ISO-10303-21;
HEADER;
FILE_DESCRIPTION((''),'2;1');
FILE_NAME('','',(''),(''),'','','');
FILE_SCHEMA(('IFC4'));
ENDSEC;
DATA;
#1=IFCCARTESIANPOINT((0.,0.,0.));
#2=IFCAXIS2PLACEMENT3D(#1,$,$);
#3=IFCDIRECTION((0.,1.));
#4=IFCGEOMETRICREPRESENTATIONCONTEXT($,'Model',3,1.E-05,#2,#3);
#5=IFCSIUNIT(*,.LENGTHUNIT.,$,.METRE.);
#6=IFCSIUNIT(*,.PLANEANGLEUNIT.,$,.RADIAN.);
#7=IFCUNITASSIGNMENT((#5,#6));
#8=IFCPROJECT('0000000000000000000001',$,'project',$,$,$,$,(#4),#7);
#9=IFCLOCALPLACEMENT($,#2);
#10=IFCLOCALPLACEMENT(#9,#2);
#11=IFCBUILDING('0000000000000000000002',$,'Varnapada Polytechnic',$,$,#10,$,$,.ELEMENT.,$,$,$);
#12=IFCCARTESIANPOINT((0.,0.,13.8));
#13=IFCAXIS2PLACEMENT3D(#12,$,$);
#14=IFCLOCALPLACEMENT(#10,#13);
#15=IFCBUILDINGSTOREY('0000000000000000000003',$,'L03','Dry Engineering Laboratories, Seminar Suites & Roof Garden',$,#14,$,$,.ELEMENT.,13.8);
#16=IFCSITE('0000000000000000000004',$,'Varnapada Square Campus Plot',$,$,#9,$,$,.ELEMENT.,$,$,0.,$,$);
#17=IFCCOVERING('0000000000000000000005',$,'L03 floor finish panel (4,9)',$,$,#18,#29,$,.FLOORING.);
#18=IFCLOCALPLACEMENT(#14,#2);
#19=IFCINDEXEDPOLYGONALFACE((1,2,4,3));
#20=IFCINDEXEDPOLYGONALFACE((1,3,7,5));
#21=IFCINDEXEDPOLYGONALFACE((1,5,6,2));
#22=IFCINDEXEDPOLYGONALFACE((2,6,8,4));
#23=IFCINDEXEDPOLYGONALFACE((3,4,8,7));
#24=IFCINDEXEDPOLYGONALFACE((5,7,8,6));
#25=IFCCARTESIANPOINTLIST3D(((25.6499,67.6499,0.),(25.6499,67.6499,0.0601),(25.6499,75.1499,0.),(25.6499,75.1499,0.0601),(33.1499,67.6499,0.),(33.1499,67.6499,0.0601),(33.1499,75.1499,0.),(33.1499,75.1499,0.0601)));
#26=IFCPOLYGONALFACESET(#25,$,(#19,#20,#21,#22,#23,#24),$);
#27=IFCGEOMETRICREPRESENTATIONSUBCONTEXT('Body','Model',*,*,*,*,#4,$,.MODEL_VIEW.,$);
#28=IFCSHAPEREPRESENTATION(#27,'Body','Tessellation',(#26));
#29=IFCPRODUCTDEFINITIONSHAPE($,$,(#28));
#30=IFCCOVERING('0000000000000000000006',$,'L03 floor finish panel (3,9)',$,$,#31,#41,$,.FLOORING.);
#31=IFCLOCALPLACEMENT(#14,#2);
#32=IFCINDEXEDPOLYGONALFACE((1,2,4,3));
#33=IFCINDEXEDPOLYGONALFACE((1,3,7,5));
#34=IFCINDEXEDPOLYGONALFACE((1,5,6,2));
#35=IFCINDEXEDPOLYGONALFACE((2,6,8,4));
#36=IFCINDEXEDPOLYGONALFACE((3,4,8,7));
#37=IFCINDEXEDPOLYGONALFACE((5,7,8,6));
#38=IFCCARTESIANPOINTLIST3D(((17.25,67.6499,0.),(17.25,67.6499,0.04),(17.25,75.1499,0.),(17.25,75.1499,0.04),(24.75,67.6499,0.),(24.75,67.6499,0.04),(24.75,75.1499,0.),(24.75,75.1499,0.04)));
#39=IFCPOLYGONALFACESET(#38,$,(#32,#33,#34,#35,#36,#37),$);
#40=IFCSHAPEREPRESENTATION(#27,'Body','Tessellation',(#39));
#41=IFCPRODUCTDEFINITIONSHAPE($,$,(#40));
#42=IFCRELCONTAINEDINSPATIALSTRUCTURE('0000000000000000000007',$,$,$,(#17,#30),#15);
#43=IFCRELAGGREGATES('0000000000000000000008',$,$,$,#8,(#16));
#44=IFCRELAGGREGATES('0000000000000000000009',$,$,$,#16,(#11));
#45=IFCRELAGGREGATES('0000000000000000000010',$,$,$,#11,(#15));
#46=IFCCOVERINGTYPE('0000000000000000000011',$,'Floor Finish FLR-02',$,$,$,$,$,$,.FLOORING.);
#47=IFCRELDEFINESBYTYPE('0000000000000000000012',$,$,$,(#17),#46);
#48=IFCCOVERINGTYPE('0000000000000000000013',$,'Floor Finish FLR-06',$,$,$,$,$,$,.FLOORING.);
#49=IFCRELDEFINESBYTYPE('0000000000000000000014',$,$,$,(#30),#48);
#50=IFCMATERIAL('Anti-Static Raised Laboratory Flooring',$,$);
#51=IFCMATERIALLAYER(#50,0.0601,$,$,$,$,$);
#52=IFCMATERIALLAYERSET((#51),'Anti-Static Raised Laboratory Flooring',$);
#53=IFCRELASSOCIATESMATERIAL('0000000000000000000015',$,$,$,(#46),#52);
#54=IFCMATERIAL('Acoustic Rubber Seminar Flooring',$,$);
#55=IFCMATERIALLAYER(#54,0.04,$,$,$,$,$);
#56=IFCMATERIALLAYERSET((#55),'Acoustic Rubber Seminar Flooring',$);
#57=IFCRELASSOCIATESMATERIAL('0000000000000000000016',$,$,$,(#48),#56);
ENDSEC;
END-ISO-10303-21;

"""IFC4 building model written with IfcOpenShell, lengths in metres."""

from ifc_helpers import new_model, si_unit, direction, frame, origin, origin_2d, place, context, subcontext, project, spatial, rectangle, extrude, material, layer, layer_set, type_object, element, save


model = new_model("IFC4")

# Units and contexts
model_context = context("Model", 3, precision=1e-05, world=origin(), true_north=direction((0.0, 1.0)))
body_context = subcontext(model_context, "Body", "Model", "MODEL_VIEW")
ifc_project = project(units=[si_unit("LENGTHUNIT", "METRE"), si_unit("PLANEANGLEUNIT", "RADIAN")], contexts=[model_context])

# Site, building, storey
site_placement = place(None, origin())
site = spatial("IfcSite", under=ifc_project, at=site_placement, Name="Varnapada Square Campus Plot", CompositionType="ELEMENT", RefElevation=0.0)
building_placement = place(site_placement, origin())
building = spatial("IfcBuilding", under=site, at=building_placement, Name="Varnapada Polytechnic", CompositionType="ELEMENT")
storey_placement = place(building_placement, frame((0.0, 0.0, 13.8)))
storey = spatial("IfcBuildingStorey", under=building, at=storey_placement, Name="L03", Description="Dry Engineering Laboratories, Seminar Suites & Roof Garden", CompositionType="ELEMENT", Elevation=13.8)

# Coverings
ifc_material_1 = material(Name="Anti-Static Raised Laboratory Flooring")
ifc_layer_1 = layer(ifc_material_1, 0.0601)
ifc_layer_set_1 = layer_set([ifc_layer_1], Name="Anti-Static Raised Laboratory Flooring")
covering_type_1 = type_object("IfcCoveringType", Name="Floor Finish FLR-02", PredefinedType="FLOORING", material=ifc_layer_set_1)
covering_1_placement = place(storey_placement, frame((29.3999, 71.3999, 0.0), z_axis=(0.0, 0.0, 1.0), x_axis=(1.0, 0.0, 0.0)))
element("IfcCovering", 1, at=covering_1_placement, inside=storey, type_object=covering_type_1, Name="L03 floor finish panel (4,9)", PredefinedType="FLOORING", context=body_context, shape_type="SweptSolid", body=[
    extrude(rectangle(XDim=7.5, YDim=7.5, at=origin_2d()), origin(), (0.0, 0.0, 1.0), 0.0601),
])
ifc_material_2 = material(Name="Acoustic Rubber Seminar Flooring")
ifc_layer_2 = layer(ifc_material_2, 0.04)
ifc_layer_set_2 = layer_set([ifc_layer_2], Name="Acoustic Rubber Seminar Flooring")
covering_type_2 = type_object("IfcCoveringType", Name="Floor Finish FLR-06", PredefinedType="FLOORING", material=ifc_layer_set_2)
covering_2_placement = place(storey_placement, frame((21.0, 71.3999, 0.0), z_axis=(0.0, 0.0, 1.0), x_axis=(1.0, 0.0, 0.0)))
element("IfcCovering", 2, at=covering_2_placement, inside=storey, type_object=covering_type_2, Name="L03 floor finish panel (3,9)", PredefinedType="FLOORING", context=body_context, shape_type="SweptSolid", body=[
    extrude(rectangle(XDim=7.5, YDim=7.5, at=origin_2d()), origin(), (0.0, 0.0, 1.0), 0.04),
])

save(model, "model.ifc")
